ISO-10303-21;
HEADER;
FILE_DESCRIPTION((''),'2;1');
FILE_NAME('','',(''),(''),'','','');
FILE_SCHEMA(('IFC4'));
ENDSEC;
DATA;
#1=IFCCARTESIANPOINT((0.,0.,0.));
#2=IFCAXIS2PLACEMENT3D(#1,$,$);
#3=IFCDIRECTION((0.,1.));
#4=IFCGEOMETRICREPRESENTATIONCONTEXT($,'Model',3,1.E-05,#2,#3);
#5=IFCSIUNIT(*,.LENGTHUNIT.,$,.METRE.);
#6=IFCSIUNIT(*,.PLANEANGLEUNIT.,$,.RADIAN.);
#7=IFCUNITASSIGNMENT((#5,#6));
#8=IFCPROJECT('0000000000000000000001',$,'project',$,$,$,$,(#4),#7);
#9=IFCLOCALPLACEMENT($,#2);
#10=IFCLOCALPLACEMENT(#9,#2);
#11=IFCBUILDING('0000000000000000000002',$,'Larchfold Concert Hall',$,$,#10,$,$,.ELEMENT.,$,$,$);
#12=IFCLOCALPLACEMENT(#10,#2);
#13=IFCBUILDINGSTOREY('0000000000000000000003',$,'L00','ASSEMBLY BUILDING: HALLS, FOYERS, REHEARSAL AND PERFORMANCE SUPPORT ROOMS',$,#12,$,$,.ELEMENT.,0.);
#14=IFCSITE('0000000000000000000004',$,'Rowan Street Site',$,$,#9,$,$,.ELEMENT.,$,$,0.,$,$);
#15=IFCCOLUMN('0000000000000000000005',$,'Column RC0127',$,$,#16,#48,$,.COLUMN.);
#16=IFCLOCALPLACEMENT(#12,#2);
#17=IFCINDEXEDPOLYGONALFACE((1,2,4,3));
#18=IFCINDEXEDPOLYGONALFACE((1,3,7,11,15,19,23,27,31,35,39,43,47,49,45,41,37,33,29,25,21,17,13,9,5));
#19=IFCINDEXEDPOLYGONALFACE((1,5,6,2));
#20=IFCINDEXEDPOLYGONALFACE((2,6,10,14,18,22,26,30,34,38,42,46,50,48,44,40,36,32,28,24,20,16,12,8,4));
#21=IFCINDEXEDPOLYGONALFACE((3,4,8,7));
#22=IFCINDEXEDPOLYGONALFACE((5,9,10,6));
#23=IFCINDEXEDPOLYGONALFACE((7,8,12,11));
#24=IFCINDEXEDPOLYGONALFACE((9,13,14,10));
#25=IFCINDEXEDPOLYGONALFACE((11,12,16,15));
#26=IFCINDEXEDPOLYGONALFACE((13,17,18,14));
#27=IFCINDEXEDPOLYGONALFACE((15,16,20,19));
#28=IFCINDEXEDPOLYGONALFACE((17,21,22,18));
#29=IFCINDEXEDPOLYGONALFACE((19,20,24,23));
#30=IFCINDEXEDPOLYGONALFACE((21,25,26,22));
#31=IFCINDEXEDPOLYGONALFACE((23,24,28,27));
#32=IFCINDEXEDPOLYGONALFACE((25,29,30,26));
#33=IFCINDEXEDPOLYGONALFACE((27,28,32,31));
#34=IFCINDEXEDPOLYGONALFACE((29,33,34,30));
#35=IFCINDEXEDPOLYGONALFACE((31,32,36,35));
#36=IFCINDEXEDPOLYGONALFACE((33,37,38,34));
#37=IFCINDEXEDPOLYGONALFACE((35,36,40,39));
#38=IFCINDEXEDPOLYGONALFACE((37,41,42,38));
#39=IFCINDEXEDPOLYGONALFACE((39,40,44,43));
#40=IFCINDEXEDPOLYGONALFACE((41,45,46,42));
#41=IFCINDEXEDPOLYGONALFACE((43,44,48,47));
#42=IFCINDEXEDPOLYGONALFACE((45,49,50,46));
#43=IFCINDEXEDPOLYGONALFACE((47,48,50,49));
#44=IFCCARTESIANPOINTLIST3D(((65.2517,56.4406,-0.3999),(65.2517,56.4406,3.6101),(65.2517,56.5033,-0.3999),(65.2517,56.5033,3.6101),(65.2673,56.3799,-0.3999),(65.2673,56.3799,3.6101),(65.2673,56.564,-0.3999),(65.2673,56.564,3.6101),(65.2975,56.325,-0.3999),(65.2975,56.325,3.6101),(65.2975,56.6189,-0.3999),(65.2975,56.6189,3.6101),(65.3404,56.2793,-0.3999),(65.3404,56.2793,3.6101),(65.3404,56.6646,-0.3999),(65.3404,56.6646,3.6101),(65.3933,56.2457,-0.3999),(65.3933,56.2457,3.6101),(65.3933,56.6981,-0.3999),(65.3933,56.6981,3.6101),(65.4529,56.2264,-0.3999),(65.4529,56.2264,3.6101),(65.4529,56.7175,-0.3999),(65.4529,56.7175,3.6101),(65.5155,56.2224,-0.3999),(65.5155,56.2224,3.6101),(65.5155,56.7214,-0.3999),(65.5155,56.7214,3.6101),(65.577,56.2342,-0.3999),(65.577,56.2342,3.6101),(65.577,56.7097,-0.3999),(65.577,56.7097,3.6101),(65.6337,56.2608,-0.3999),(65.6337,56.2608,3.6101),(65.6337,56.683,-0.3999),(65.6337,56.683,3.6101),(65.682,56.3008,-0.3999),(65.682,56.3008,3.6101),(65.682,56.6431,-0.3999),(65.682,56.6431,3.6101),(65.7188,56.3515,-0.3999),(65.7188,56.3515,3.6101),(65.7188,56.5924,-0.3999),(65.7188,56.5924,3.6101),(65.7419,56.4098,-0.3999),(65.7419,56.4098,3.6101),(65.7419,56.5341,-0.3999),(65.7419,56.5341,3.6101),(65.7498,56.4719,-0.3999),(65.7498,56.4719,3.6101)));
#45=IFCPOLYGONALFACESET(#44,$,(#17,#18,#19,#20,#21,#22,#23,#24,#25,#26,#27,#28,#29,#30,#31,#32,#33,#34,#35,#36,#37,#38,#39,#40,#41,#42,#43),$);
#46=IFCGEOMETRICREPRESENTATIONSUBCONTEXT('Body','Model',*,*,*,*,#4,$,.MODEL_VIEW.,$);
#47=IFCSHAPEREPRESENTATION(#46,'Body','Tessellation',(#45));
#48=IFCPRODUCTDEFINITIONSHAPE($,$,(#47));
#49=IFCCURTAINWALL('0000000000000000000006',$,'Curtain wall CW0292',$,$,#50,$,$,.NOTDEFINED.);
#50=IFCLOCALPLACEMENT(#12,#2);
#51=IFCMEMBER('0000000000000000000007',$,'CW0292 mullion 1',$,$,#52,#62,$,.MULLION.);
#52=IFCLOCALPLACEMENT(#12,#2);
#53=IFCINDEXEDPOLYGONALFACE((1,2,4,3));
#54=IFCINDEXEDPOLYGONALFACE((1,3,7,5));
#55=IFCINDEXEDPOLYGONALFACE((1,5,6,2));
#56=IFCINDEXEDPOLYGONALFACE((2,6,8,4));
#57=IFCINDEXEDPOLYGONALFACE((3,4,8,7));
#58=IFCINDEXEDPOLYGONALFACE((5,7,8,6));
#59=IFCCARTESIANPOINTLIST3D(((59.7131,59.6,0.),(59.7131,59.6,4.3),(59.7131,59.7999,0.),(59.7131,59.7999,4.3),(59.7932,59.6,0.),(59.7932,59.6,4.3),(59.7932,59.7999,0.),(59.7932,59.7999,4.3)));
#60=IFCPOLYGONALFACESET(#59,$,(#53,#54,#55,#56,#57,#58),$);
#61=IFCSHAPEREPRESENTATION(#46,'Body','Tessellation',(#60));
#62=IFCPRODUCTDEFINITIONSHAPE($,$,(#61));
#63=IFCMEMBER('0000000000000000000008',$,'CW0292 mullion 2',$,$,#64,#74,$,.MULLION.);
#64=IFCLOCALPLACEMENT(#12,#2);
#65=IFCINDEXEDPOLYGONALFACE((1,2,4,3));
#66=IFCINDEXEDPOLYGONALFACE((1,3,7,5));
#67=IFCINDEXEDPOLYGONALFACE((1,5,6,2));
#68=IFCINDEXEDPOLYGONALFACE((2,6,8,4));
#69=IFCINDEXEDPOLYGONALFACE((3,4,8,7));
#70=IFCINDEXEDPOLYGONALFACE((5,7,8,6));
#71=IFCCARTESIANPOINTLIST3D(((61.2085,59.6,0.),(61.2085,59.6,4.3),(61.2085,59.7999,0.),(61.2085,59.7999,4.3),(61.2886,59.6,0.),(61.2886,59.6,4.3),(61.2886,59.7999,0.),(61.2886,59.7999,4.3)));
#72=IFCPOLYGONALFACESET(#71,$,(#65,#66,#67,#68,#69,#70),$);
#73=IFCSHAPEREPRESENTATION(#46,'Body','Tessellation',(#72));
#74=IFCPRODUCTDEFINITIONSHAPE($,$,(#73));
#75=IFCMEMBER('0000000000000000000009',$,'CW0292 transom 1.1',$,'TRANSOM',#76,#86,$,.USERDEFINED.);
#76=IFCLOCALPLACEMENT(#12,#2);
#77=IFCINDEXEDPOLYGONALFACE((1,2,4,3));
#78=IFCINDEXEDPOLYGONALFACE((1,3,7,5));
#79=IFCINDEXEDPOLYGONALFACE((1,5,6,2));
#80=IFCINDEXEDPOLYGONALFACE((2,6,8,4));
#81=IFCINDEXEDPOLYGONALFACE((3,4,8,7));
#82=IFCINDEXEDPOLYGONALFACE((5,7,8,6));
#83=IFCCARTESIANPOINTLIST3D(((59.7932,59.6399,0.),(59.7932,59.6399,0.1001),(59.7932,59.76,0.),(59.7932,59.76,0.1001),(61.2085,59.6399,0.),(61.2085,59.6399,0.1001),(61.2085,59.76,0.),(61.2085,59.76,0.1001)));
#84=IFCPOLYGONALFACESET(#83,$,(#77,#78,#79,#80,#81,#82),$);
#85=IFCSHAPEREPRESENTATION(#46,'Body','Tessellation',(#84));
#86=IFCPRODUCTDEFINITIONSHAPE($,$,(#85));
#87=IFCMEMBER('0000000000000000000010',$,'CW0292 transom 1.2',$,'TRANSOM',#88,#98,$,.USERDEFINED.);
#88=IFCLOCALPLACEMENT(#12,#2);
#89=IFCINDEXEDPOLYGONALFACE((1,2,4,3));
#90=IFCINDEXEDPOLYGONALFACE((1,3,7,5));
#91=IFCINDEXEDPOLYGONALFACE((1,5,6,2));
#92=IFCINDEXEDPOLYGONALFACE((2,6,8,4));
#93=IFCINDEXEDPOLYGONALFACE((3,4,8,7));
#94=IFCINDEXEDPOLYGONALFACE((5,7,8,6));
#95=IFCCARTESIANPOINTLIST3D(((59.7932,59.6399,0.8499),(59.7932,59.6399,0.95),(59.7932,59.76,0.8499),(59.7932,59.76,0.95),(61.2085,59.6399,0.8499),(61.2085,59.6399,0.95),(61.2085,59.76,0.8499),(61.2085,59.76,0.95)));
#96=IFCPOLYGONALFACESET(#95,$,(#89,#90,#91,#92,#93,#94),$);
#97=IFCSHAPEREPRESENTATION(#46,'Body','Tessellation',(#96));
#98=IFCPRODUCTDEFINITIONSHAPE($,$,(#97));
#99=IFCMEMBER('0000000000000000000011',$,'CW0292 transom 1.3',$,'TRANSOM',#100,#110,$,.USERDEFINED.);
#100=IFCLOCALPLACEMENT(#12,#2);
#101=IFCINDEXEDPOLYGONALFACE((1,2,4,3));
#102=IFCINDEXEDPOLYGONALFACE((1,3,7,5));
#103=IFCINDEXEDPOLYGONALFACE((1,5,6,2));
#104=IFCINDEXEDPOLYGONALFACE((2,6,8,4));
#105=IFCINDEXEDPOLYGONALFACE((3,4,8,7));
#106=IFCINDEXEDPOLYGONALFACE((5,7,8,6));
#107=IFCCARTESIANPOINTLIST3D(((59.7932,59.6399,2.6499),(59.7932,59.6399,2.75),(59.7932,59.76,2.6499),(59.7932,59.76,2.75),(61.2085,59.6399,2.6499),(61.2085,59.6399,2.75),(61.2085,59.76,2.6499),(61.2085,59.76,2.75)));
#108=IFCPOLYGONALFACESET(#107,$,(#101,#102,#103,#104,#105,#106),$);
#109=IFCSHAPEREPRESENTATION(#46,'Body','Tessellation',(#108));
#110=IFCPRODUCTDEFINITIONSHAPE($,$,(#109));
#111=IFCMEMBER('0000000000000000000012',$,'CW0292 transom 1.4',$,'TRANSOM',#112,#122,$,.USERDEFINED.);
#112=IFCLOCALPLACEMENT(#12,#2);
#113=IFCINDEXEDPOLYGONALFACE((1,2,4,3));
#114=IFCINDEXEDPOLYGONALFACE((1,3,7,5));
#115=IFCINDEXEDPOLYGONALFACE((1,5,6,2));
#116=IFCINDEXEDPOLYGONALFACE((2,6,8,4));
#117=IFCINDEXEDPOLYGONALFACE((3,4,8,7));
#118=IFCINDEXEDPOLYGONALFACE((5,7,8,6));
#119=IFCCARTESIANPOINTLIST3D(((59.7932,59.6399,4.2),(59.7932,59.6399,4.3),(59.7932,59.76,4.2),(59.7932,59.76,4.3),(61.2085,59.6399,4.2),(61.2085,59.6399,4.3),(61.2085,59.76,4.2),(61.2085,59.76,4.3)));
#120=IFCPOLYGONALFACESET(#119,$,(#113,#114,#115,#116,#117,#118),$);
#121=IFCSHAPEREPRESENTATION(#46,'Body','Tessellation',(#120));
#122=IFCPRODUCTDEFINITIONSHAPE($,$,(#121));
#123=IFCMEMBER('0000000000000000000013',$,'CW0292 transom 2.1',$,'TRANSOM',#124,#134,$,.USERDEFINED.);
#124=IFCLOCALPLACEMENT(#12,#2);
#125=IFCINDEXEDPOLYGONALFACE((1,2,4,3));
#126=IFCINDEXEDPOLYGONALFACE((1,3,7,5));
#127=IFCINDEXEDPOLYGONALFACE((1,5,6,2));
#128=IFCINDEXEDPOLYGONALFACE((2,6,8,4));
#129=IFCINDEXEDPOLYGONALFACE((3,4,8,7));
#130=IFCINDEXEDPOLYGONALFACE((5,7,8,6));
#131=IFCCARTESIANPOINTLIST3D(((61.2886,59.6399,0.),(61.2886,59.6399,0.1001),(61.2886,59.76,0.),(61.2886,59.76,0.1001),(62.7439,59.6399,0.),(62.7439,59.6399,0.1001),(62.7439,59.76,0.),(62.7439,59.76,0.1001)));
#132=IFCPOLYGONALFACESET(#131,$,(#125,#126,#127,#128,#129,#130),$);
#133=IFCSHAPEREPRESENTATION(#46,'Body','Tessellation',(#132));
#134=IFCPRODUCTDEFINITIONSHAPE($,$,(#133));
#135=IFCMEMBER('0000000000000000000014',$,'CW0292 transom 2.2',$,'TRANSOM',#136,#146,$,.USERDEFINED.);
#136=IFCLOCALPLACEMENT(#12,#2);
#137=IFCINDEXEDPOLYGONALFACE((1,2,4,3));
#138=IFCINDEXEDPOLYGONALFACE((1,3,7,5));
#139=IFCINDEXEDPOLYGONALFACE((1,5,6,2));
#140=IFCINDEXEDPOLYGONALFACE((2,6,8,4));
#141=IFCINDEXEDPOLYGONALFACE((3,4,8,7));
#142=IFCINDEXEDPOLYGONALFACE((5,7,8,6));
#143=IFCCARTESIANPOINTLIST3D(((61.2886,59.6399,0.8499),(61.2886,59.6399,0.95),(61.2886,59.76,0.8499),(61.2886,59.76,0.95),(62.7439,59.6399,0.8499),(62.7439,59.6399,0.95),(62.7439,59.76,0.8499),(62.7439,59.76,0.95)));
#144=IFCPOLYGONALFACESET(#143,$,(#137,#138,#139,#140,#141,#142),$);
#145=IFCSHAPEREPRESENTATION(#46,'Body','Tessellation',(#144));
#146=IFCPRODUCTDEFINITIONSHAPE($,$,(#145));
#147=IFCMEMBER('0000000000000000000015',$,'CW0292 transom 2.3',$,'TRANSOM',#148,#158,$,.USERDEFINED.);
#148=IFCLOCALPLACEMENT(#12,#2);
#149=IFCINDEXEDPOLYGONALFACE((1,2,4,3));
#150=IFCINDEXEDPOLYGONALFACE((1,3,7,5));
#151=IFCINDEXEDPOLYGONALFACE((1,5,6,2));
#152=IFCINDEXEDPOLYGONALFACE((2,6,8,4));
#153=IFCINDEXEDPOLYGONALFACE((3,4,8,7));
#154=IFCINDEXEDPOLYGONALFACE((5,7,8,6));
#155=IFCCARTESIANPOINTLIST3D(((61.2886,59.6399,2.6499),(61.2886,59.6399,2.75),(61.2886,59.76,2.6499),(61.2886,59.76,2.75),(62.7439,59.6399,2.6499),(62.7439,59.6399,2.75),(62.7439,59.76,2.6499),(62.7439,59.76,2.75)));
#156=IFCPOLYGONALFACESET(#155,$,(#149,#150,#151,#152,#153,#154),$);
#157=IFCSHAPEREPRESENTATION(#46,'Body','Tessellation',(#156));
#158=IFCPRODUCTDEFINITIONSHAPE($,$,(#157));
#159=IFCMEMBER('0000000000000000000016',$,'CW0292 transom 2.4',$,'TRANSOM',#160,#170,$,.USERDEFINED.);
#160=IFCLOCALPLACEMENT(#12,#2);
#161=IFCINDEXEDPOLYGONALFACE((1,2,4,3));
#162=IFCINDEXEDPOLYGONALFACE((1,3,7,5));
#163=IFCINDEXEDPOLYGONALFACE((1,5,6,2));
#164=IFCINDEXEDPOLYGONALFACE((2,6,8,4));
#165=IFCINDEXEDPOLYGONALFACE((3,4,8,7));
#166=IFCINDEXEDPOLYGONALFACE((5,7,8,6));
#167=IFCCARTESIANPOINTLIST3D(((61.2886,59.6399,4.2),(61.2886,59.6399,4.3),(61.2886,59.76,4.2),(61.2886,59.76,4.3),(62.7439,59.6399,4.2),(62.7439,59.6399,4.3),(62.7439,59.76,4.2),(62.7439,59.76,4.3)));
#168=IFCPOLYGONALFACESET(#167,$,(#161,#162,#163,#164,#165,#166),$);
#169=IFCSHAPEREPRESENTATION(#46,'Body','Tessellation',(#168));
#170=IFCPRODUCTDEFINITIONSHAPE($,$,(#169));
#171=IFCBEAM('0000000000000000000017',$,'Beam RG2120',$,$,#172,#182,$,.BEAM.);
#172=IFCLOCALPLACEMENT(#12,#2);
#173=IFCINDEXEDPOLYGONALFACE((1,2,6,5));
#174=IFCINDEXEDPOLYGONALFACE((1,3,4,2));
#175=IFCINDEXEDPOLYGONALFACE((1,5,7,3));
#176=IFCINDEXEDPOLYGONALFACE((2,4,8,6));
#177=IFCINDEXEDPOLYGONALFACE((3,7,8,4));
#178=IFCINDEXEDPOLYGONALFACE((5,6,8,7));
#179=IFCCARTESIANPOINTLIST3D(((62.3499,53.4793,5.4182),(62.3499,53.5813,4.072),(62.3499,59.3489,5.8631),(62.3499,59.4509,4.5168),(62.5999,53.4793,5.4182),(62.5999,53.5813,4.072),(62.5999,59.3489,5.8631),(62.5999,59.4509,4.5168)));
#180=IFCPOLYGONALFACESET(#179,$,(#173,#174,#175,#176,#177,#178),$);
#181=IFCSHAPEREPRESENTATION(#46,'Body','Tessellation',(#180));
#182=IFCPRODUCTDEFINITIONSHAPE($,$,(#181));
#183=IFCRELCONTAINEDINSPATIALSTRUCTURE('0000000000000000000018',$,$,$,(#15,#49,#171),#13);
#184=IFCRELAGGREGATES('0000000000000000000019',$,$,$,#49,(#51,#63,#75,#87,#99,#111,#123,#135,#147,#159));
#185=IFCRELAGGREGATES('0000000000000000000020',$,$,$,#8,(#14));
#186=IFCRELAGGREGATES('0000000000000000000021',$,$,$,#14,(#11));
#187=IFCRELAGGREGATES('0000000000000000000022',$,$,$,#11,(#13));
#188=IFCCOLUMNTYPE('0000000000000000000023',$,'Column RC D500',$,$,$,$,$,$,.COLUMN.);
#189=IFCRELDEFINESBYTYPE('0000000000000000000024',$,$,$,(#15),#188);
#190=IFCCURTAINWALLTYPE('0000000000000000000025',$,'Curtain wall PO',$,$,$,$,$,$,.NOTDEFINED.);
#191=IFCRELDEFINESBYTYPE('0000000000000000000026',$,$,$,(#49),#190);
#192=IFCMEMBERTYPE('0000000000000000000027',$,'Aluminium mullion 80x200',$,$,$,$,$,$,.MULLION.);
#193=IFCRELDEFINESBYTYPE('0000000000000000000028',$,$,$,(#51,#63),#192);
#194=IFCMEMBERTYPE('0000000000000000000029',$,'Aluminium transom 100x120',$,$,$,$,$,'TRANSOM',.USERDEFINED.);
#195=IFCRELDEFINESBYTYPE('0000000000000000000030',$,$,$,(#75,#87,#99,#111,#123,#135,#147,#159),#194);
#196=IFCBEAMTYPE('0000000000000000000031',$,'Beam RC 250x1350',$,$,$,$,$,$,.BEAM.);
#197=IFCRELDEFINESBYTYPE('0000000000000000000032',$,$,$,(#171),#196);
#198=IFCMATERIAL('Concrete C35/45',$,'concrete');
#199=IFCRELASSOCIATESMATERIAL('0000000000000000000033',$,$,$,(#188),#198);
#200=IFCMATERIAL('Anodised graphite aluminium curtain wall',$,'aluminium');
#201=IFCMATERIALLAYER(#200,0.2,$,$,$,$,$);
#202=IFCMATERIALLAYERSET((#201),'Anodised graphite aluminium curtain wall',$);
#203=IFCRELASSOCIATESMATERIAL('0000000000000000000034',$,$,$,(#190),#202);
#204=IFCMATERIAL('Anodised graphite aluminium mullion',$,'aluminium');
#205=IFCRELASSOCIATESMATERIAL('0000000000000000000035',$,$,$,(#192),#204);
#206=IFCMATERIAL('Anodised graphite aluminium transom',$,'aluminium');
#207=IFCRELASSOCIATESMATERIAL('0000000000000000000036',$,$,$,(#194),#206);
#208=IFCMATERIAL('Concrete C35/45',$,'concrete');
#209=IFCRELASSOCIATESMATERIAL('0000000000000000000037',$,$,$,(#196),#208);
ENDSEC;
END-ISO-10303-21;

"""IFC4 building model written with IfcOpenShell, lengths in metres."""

from ifc_helpers import new_model, si_unit, direction, frame, origin, origin_2d, place, context, subcontext, project, spatial, rectangle, circle, extrude, material, layer, layer_set, material_profile, profile_set, type_object, element, aggregate, save


model = new_model("IFC4")

# Units and contexts
model_context = context("Model", 3, precision=1e-05, world=origin(), true_north=direction((0.0, 1.0)))
body_context = subcontext(model_context, "Body", "Model", "MODEL_VIEW")
ifc_project = project(units=[si_unit("LENGTHUNIT", "METRE"), si_unit("PLANEANGLEUNIT", "RADIAN")], contexts=[model_context])

# Site, building, storey
site_placement = place(None, origin())
site = spatial("IfcSite", under=ifc_project, at=site_placement, Name="Rowan Street Site", CompositionType="ELEMENT", RefElevation=0.0)
building_placement = place(site_placement, origin())
building = spatial("IfcBuilding", under=site, at=building_placement, Name="Larchfold Concert Hall", CompositionType="ELEMENT")
storey_placement = place(building_placement, origin())
storey = spatial("IfcBuildingStorey", under=building, at=storey_placement, Name="L00", Description="ASSEMBLY BUILDING: HALLS, FOYERS, REHEARSAL AND PERFORMANCE SUPPORT ROOMS", CompositionType="ELEMENT", Elevation=0.0)

# Column
ifc_material_1 = material(Name="Concrete C35/45", Category="concrete")
ifc_material_profile_1 = material_profile(ifc_material_1, circle(Radius=0.25, at=origin_2d()))
ifc_profile_set_1 = profile_set([ifc_material_profile_1], Name="Concrete C35/45")
column_type_1 = type_object("IfcColumnType", Name="Column RC D500", PredefinedType="COLUMN", material=ifc_profile_set_1)
for number, where, z_axis, x_axis, name in (
    (1, (65.4998, 56.4719, -0.3999), (0.0, 0.0, 1.0), (1.0, 0.0, 0.0), "Column RC0127"),
):
    element("IfcColumn", number, at=place(storey_placement, frame(where, z_axis=z_axis, x_axis=x_axis)), inside=storey, type_object=column_type_1, Name=name, PredefinedType="COLUMN", context=body_context, shape_type="SweptSolid", body=[
        extrude(circle(Radius=0.25, at=origin_2d()), origin(), (0.0, 0.0, 1.0), 4.01),
    ])

# Curtain wall, members
ifc_material_2 = material(Name="Anodised graphite aluminium curtain wall", Category="aluminium")
ifc_layer_1 = layer(ifc_material_2, 0.2)
ifc_layer_set_1 = layer_set([ifc_layer_1], Name="Anodised graphite aluminium curtain wall")
curtain_wall_type = type_object("IfcCurtainWallType", Name="Curtain wall PO", PredefinedType="NOTDEFINED", material=ifc_layer_set_1)
curtain_wall_placement = place(storey_placement, origin())
curtain_wall = element("IfcCurtainWall", 2, at=curtain_wall_placement, inside=storey, type_object=curtain_wall_type, Name="Curtain wall CW0292", PredefinedType="NOTDEFINED")
ifc_material_3 = material(Name="Anodised graphite aluminium mullion", Category="aluminium")
ifc_material_profile_2 = material_profile(ifc_material_3, rectangle(XDim=0.2, YDim=0.0801, at=origin_2d()))
ifc_profile_set_2 = profile_set([ifc_material_profile_2], Name="Anodised graphite aluminium mullion")
member_type_1 = type_object("IfcMemberType", Name="Aluminium mullion 80x200", PredefinedType="MULLION", material=ifc_profile_set_2)
member_1_placement = place(storey_placement, frame((59.7532, 59.7, 0.0), z_axis=(0.0, 0.0, 1.0), x_axis=(0.0, 1.0, 0.0)))
member_1 = element("IfcMember", 3, at=member_1_placement, type_object=member_type_1, Name="CW0292 mullion 1", PredefinedType="MULLION", context=body_context, shape_type="SweptSolid", body=[
    extrude(rectangle(XDim=0.2, YDim=0.0801, at=origin_2d()), origin(), (0.0, 0.0, 1.0), 4.3),
])
member_2_placement = place(storey_placement, frame((61.2485, 59.7, 0.0), z_axis=(0.0, 0.0, 1.0), x_axis=(0.0, 1.0, 0.0)))
member_2 = element("IfcMember", 4, at=member_2_placement, type_object=member_type_1, Name="CW0292 mullion 2", PredefinedType="MULLION", context=body_context, shape_type="SweptSolid", body=[
    extrude(rectangle(XDim=0.2, YDim=0.0801, at=origin_2d()), origin(), (0.0, 0.0, 1.0), 4.3),
])
ifc_material_4 = material(Name="Anodised graphite aluminium transom", Category="aluminium")
ifc_material_profile_3 = material_profile(ifc_material_4, rectangle(XDim=0.1201, YDim=0.1001, at=origin_2d()))
ifc_profile_set_3 = profile_set([ifc_material_profile_3], Name="Anodised graphite aluminium transom")
member_type_2 = type_object("IfcMemberType", Name="Aluminium transom 100x120", ElementType="TRANSOM", PredefinedType="USERDEFINED", material=ifc_profile_set_3)
member_3_placement = place(storey_placement, frame((59.7932, 59.7, 0.05), z_axis=(1.0, 0.0, 0.0), x_axis=(0.0, 1.0, 0.0)))
member_3 = element("IfcMember", 5, at=member_3_placement, type_object=member_type_2, Name="CW0292 transom 1.1", ObjectType="TRANSOM", PredefinedType="USERDEFINED", context=body_context, shape_type="SweptSolid", body=[
    extrude(rectangle(XDim=0.1201, YDim=0.1001, at=origin_2d()), origin(), (0.0, 0.0, 1.0), 1.4153),
])
member_4_placement = place(storey_placement, frame((59.7932, 59.7, 0.8999), z_axis=(1.0, 0.0, 0.0), x_axis=(0.0, 1.0, 0.0)))
member_4 = element("IfcMember", 6, at=member_4_placement, type_object=member_type_2, Name="CW0292 transom 1.2", ObjectType="TRANSOM", PredefinedType="USERDEFINED", context=body_context, shape_type="SweptSolid", body=[
    extrude(rectangle(XDim=0.1201, YDim=0.1001, at=origin_2d()), origin(), (0.0, 0.0, 1.0), 1.4153),
])
member_5_placement = place(storey_placement, frame((59.7932, 59.7, 2.7), z_axis=(1.0, 0.0, 0.0), x_axis=(0.0, 1.0, 0.0)))
member_5 = element("IfcMember", 7, at=member_5_placement, type_object=member_type_2, Name="CW0292 transom 1.3", ObjectType="TRANSOM", PredefinedType="USERDEFINED", context=body_context, shape_type="SweptSolid", body=[
    extrude(rectangle(XDim=0.1201, YDim=0.1001, at=origin_2d()), origin(), (0.0, 0.0, 1.0), 1.4153),
])
member_6_placement = place(storey_placement, frame((59.7932, 59.7, 4.25), z_axis=(1.0, 0.0, 0.0), x_axis=(0.0, 1.0, 0.0)))
member_6 = element("IfcMember", 8, at=member_6_placement, type_object=member_type_2, Name="CW0292 transom 1.4", ObjectType="TRANSOM", PredefinedType="USERDEFINED", context=body_context, shape_type="SweptSolid", body=[
    extrude(rectangle(XDim=0.1201, YDim=0.1001, at=origin_2d()), origin(), (0.0, 0.0, 1.0), 1.4153),
])
member_7_placement = place(storey_placement, frame((61.2886, 59.7, 0.05), z_axis=(1.0, 0.0, 0.0), x_axis=(0.0, 1.0, 0.0)))
member_7 = element("IfcMember", 9, at=member_7_placement, type_object=member_type_2, Name="CW0292 transom 2.1", ObjectType="TRANSOM", PredefinedType="USERDEFINED", context=body_context, shape_type="SweptSolid", body=[
    extrude(rectangle(XDim=0.1201, YDim=0.1001, at=origin_2d()), origin(), (0.0, 0.0, 1.0), 1.4553),
])
member_8_placement = place(storey_placement, frame((61.2886, 59.7, 0.8999), z_axis=(1.0, 0.0, 0.0), x_axis=(0.0, 1.0, 0.0)))
member_8 = element("IfcMember", 10, at=member_8_placement, type_object=member_type_2, Name="CW0292 transom 2.2", ObjectType="TRANSOM", PredefinedType="USERDEFINED", context=body_context, shape_type="SweptSolid", body=[
    extrude(rectangle(XDim=0.1201, YDim=0.1001, at=origin_2d()), origin(), (0.0, 0.0, 1.0), 1.4553),
])
member_9_placement = place(storey_placement, frame((61.2886, 59.7, 2.7), z_axis=(1.0, 0.0, 0.0), x_axis=(0.0, 1.0, 0.0)))
member_9 = element("IfcMember", 11, at=member_9_placement, type_object=member_type_2, Name="CW0292 transom 2.3", ObjectType="TRANSOM", PredefinedType="USERDEFINED", context=body_context, shape_type="SweptSolid", body=[
    extrude(rectangle(XDim=0.1201, YDim=0.1001, at=origin_2d()), origin(), (0.0, 0.0, 1.0), 1.4553),
])
member_10_placement = place(storey_placement, frame((61.2886, 59.7, 4.25), z_axis=(1.0, 0.0, 0.0), x_axis=(0.0, 1.0, 0.0)))
member_10 = element("IfcMember", 12, at=member_10_placement, type_object=member_type_2, Name="CW0292 transom 2.4", ObjectType="TRANSOM", PredefinedType="USERDEFINED", context=body_context, shape_type="SweptSolid", body=[
    extrude(rectangle(XDim=0.1201, YDim=0.1001, at=origin_2d()), origin(), (0.0, 0.0, 1.0), 1.4553),
])

# Beam
ifc_material_5 = material(Name="Concrete C35/45", Category="concrete")
ifc_material_profile_4 = material_profile(ifc_material_5, rectangle(XDim=0.25, YDim=1.3501, at=origin_2d()))
ifc_profile_set_4 = profile_set([ifc_material_profile_4], Name="Concrete C35/45")
beam_type_1 = type_object("IfcBeamType", Name="Beam RC 250x1350", PredefinedType="BEAM", material=ifc_profile_set_4)
beam_1_placement = place(storey_placement, frame((62.4749, 53.5303, 4.7451), z_axis=(0.0, 0.997141, 0.075567), x_axis=(-1.0, 0.0, 0.0)))
element("IfcBeam", 13, at=beam_1_placement, inside=storey, type_object=beam_type_1, Name="Beam RG2120", PredefinedType="BEAM", context=body_context, shape_type="SweptSolid", body=[
    extrude(rectangle(XDim=0.25, YDim=1.3501, at=origin_2d()), origin(), (0.0, 0.0, 1.0), 5.8865),
])

aggregate(curtain_wall, [member_1, member_2, member_3, member_4, member_5, member_6, member_7, member_8, member_9, member_10])

save(model, "model.ifc")
